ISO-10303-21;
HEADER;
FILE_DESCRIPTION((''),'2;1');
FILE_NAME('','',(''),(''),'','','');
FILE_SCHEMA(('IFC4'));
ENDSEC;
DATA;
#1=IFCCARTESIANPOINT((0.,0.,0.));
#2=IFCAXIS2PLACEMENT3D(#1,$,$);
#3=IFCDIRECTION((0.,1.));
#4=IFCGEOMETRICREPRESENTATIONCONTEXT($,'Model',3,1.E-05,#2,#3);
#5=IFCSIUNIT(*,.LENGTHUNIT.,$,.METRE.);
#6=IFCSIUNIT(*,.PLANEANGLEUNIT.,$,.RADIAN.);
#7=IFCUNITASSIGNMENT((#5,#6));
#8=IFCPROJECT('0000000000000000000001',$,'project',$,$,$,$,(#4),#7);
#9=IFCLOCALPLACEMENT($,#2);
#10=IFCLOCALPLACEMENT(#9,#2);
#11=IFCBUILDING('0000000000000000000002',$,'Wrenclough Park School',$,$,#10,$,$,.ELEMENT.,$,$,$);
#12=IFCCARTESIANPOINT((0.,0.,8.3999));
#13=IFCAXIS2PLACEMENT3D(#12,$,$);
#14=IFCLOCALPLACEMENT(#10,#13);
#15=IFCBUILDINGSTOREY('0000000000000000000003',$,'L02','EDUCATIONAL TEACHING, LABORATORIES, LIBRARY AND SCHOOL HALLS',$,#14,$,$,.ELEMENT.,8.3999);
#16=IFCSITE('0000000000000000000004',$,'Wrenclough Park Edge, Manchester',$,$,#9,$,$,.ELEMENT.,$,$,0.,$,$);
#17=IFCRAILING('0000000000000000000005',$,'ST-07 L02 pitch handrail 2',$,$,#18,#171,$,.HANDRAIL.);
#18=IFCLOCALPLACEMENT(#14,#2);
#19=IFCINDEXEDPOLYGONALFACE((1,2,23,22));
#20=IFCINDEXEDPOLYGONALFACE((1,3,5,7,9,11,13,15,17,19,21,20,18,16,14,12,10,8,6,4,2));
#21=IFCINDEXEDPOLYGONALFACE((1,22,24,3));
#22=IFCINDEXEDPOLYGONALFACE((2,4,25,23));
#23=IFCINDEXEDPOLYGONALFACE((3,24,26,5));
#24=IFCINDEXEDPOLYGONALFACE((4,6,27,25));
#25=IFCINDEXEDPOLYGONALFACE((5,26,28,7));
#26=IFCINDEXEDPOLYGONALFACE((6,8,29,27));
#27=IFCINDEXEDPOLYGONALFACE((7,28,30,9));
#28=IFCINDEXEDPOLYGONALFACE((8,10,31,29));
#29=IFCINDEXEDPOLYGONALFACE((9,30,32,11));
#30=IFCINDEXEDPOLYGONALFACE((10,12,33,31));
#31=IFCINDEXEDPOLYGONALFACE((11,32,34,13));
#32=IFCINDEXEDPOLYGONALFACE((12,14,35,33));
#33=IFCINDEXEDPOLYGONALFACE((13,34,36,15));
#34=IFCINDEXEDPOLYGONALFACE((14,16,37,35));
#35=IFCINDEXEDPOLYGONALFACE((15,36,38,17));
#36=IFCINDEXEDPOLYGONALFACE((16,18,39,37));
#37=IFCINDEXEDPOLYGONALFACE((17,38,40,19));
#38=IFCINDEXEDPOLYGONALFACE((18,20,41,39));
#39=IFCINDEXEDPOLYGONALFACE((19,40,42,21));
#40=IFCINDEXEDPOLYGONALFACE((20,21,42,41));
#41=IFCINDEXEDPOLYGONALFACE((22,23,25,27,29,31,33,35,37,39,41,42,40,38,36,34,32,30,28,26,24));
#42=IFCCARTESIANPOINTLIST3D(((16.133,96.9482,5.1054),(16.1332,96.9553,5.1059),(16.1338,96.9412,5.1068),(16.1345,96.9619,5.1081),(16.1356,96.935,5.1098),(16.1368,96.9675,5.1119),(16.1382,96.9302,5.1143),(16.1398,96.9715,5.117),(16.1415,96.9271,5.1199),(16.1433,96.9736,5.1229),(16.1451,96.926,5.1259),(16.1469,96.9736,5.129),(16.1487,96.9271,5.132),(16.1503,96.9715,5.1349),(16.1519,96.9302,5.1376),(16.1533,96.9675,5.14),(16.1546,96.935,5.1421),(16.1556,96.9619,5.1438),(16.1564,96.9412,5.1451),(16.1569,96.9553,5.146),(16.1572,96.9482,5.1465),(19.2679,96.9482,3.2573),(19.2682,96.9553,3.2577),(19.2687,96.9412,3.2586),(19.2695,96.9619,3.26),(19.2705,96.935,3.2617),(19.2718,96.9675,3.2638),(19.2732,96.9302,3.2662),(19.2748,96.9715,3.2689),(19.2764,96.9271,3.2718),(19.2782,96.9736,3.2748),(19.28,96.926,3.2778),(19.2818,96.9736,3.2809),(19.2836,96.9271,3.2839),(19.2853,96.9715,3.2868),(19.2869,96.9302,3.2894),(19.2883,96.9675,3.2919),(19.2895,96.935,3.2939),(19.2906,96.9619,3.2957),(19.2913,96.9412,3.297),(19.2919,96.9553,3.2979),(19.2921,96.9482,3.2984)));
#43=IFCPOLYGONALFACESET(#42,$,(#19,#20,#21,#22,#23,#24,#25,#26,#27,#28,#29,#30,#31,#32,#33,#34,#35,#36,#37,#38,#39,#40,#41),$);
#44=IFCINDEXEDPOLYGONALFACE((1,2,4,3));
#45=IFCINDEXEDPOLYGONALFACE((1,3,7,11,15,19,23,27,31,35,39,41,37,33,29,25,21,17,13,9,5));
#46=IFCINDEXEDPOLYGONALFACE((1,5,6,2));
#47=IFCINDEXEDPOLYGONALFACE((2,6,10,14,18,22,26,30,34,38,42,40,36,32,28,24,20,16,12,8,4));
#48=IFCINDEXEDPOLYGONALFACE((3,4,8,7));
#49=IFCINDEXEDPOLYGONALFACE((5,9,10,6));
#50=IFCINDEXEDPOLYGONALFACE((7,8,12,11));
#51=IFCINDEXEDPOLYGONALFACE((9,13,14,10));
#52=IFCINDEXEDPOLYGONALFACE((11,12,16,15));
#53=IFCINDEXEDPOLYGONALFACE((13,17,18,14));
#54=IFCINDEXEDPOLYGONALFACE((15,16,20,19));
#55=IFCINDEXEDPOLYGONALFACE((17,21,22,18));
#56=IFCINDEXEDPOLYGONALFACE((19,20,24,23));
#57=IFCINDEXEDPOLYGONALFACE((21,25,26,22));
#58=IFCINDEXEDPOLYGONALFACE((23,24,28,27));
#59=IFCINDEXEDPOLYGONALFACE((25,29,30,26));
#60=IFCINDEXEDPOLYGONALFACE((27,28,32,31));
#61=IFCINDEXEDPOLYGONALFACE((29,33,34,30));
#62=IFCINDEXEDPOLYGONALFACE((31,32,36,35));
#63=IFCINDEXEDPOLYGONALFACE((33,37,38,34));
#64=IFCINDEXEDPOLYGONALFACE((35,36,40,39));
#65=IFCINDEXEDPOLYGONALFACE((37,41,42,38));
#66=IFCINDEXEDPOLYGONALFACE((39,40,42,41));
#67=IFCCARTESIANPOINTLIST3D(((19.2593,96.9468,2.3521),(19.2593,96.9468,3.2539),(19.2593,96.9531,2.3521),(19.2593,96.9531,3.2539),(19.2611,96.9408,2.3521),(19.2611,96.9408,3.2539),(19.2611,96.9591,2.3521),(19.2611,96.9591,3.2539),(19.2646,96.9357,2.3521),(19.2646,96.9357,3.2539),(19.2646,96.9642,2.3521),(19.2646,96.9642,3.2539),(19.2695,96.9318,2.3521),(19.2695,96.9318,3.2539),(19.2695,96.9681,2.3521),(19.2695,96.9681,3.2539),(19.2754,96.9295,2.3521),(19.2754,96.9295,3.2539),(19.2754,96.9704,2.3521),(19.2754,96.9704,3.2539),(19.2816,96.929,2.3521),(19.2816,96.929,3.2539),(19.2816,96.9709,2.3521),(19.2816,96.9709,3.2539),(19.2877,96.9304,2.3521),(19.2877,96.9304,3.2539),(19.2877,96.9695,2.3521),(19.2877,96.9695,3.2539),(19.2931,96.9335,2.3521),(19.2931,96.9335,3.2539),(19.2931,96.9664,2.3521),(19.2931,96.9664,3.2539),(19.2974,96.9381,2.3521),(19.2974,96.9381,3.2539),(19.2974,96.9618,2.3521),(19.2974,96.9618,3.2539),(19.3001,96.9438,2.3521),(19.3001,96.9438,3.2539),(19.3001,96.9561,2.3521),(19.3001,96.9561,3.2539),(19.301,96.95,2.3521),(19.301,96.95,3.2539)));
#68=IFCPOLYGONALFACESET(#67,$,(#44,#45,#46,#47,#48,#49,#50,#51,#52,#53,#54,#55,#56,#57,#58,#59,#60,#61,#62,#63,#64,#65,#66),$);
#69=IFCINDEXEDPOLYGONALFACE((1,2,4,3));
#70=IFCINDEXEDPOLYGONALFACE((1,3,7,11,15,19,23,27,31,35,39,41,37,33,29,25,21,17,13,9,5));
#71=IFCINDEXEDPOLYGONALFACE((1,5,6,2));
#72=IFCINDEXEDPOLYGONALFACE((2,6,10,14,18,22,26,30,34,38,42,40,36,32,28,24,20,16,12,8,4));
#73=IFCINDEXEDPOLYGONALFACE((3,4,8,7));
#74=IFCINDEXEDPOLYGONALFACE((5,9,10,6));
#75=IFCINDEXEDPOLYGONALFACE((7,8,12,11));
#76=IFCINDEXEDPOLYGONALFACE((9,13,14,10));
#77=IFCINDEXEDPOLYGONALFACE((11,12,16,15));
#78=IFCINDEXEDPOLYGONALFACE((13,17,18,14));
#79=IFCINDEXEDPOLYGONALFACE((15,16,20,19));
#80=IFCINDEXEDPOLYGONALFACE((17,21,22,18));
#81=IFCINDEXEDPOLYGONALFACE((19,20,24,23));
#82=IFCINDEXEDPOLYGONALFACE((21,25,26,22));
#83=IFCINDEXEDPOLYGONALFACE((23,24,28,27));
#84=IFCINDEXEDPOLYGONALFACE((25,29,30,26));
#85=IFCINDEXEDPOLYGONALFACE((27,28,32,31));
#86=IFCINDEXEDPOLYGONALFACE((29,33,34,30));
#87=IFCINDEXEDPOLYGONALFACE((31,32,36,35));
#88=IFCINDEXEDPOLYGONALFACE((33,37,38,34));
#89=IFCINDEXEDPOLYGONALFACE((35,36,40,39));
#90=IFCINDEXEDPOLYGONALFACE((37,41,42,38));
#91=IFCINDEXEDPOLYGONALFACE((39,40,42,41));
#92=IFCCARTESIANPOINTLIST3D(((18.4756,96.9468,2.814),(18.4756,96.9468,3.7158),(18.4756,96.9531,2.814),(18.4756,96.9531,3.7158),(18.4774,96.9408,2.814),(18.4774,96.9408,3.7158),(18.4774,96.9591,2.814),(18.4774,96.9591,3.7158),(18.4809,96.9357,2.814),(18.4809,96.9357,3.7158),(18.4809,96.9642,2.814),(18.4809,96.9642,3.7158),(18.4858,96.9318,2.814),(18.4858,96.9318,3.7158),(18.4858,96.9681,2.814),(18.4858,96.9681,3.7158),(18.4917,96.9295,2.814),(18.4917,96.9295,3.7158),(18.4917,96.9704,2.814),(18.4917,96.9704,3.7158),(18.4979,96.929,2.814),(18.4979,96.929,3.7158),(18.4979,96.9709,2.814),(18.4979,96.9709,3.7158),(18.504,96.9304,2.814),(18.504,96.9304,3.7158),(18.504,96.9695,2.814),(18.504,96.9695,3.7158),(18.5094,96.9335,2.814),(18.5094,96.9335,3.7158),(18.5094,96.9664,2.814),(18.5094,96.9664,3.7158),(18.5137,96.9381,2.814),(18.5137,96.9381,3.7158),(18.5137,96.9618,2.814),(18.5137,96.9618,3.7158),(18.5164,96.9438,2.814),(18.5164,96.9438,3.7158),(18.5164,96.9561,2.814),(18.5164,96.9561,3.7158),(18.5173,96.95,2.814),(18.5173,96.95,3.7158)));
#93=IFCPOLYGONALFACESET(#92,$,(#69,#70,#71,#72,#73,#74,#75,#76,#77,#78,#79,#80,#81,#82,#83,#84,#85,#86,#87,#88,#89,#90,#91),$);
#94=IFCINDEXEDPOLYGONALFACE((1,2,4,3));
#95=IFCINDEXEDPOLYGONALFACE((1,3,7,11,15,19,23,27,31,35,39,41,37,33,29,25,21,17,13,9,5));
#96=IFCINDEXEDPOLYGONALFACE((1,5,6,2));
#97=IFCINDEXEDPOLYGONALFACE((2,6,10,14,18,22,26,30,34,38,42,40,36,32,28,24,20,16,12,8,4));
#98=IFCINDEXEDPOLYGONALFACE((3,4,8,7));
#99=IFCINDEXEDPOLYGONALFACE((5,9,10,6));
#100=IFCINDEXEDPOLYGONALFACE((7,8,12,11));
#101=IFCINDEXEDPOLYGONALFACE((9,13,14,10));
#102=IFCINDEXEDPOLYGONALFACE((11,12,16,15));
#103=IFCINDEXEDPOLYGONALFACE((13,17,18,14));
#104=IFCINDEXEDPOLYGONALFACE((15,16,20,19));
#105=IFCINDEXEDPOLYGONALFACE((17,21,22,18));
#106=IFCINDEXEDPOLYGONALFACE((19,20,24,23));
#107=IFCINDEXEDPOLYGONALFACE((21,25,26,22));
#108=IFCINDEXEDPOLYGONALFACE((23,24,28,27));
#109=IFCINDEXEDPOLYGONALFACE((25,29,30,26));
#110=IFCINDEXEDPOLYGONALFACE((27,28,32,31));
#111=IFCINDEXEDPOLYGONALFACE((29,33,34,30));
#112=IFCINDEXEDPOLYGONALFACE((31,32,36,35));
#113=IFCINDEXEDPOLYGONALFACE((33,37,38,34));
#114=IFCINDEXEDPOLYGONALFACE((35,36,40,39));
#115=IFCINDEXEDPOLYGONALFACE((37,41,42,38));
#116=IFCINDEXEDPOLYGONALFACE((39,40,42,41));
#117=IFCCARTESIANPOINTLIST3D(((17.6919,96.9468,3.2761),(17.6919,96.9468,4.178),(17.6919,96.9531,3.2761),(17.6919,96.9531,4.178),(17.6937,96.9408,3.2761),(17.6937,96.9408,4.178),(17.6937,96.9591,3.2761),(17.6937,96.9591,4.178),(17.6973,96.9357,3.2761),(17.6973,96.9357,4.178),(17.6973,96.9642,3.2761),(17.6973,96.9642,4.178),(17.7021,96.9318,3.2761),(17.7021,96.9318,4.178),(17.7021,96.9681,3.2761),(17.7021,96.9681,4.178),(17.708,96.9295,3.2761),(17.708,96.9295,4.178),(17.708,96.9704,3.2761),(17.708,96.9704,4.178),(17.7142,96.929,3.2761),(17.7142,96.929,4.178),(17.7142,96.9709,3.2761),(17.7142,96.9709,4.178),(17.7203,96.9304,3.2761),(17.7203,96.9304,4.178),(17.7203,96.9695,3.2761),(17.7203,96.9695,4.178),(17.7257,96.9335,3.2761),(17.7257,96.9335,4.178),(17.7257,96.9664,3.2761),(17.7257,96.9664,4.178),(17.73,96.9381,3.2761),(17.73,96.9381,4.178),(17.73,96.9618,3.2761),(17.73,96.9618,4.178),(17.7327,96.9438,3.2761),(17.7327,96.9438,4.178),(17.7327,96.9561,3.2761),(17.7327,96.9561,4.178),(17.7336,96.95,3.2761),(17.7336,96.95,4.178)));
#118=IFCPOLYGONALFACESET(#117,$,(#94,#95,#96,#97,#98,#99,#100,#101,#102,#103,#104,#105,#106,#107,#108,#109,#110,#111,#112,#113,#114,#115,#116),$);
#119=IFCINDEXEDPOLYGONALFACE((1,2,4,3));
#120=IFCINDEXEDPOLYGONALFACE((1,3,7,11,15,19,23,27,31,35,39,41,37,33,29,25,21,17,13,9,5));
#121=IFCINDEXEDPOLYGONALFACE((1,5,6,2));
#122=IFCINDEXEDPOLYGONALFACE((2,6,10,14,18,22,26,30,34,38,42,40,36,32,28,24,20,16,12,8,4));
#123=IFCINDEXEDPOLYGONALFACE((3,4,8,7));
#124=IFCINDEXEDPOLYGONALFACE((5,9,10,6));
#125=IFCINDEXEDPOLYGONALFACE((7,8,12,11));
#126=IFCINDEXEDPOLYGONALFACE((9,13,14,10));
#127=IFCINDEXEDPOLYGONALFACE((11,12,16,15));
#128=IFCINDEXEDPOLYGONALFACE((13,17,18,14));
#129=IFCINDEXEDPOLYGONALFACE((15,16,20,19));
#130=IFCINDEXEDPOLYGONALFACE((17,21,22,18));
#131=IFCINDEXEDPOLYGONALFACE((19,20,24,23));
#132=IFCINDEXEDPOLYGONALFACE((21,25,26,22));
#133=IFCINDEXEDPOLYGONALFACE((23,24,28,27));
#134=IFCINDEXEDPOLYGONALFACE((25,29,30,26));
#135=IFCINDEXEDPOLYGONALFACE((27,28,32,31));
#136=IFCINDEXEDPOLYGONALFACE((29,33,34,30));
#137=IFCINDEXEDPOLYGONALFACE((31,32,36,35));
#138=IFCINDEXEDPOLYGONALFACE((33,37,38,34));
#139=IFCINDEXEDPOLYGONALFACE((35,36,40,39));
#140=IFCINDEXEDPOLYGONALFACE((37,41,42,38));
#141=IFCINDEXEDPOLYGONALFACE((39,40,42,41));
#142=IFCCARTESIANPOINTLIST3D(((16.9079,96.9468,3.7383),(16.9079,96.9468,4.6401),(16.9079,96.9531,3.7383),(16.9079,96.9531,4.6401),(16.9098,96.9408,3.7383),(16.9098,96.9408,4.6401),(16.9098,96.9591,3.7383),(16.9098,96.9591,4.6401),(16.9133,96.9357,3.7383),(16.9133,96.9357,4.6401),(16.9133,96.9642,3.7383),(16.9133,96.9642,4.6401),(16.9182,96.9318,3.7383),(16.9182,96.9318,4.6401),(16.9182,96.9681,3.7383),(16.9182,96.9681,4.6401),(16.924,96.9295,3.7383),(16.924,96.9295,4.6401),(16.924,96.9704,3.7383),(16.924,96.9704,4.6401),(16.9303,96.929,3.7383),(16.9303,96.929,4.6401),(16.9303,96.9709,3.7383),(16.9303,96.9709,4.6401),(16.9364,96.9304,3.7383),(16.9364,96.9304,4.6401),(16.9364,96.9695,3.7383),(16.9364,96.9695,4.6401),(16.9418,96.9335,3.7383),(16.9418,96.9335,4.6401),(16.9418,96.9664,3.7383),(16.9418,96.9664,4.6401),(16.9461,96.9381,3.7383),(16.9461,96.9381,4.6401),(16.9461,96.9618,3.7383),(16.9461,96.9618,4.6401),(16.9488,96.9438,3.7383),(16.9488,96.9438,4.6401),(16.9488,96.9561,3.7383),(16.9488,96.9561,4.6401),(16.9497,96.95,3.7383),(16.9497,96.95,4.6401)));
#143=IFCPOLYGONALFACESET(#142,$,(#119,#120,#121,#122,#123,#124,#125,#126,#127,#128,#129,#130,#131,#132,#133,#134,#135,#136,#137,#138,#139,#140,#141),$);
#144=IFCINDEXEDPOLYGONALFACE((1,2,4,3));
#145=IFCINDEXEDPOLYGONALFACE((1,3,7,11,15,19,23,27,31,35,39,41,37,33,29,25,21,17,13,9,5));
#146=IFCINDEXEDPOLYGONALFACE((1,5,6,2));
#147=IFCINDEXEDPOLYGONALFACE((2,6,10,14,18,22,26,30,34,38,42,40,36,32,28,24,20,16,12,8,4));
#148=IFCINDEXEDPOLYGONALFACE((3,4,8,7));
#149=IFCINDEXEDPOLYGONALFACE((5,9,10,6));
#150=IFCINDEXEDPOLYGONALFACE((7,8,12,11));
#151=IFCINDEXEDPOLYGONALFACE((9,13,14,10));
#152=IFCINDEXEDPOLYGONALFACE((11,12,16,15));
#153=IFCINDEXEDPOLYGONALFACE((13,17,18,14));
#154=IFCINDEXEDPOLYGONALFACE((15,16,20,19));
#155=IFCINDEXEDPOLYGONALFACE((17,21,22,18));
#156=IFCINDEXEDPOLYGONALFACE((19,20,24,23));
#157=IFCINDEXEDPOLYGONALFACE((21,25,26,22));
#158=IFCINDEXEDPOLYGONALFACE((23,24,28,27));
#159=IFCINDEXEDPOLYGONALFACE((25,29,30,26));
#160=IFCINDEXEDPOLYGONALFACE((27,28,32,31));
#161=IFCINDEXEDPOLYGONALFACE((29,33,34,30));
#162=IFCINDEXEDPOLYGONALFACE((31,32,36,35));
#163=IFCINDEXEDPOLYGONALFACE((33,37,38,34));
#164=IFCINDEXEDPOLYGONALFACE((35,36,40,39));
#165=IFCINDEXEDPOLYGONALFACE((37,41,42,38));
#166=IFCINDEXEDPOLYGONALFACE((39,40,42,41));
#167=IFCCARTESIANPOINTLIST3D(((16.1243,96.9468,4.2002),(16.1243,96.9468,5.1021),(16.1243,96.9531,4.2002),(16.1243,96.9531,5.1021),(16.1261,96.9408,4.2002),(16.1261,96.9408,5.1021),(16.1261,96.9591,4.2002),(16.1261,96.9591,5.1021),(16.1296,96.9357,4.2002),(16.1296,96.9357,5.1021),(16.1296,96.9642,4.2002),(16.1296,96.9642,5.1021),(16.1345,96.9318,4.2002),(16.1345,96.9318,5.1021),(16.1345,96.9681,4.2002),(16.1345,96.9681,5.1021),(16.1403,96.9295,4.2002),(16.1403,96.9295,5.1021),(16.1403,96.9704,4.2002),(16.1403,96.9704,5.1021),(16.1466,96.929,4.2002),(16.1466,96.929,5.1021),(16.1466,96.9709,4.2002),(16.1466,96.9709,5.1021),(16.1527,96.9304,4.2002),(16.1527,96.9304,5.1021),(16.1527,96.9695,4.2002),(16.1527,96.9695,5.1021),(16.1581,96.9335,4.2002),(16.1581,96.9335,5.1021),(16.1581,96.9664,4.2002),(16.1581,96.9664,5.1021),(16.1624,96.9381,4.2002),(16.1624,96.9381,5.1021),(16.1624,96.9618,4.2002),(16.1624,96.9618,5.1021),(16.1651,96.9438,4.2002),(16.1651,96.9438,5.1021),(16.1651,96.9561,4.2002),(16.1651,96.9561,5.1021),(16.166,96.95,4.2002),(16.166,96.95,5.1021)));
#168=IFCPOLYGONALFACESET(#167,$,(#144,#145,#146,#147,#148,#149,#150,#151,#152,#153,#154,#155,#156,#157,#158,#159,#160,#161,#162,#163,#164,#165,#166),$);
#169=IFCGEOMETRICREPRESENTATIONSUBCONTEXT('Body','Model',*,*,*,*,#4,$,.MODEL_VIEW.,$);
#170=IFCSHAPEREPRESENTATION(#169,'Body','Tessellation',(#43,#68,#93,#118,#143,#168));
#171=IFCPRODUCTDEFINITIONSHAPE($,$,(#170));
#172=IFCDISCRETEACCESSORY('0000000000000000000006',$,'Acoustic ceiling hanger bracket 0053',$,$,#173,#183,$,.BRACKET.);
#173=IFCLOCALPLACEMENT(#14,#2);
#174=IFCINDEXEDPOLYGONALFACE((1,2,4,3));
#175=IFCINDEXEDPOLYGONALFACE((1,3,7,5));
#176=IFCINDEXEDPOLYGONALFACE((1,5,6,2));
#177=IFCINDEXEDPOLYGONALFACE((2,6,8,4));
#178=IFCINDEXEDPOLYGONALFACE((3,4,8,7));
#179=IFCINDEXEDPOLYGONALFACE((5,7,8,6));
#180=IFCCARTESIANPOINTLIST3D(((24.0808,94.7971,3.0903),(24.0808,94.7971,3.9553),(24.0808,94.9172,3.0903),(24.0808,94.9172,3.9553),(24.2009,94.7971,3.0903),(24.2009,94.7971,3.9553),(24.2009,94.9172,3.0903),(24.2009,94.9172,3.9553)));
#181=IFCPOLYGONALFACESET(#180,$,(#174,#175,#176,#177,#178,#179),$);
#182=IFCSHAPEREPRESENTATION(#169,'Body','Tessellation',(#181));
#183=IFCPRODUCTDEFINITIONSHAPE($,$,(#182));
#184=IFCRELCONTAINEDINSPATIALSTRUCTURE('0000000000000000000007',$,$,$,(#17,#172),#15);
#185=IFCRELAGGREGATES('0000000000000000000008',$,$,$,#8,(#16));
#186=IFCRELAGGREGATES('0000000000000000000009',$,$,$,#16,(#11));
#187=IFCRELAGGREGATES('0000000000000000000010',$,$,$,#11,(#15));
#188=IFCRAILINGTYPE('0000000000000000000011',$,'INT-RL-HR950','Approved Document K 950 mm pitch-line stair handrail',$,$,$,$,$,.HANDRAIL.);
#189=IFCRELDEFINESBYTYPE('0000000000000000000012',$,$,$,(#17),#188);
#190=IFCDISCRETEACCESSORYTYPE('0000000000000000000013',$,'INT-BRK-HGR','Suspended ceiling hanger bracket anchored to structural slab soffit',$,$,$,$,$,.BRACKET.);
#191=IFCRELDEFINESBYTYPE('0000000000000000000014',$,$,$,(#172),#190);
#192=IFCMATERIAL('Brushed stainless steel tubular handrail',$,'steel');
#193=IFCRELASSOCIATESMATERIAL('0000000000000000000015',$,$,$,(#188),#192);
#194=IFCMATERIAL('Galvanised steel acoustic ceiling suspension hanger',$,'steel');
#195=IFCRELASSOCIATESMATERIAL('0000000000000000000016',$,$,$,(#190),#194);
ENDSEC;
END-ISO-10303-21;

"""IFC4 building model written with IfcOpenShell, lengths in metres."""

from ifc_helpers import new_model, si_unit, direction, frame, origin, origin_2d, place, context, subcontext, project, spatial, rectangle, circle, extrude, material, type_object, element, save


model = new_model("IFC4")

# Units and contexts
model_context = context("Model", 3, precision=1e-05, world=origin(), true_north=direction((0.0, 1.0)))
body_context = subcontext(model_context, "Body", "Model", "MODEL_VIEW")
ifc_project = project(units=[si_unit("LENGTHUNIT", "METRE"), si_unit("PLANEANGLEUNIT", "RADIAN")], contexts=[model_context])

# Site, building, storey
site_placement = place(None, origin())
site = spatial("IfcSite", under=ifc_project, at=site_placement, Name="Wrenclough Park Edge, Manchester", CompositionType="ELEMENT", RefElevation=0.0)
building_placement = place(site_placement, origin())
building = spatial("IfcBuilding", under=site, at=building_placement, Name="Wrenclough Park School", CompositionType="ELEMENT")
storey_placement = place(building_placement, frame((0.0, 0.0, 8.3999)))
storey = spatial("IfcBuildingStorey", under=building, at=storey_placement, Name="L02", Description="EDUCATIONAL TEACHING, LABORATORIES, LIBRARY AND SCHOOL HALLS", CompositionType="ELEMENT", Elevation=8.3999)

# Railing
ifc_material_1 = material(Name="Brushed stainless steel tubular handrail", Category="steel")
railing_type_1 = type_object("IfcRailingType", Name="INT-RL-HR950", Description="Approved Document K 950 mm pitch-line stair handrail", PredefinedType="HANDRAIL", material=ifc_material_1)
railing_1_placement = place(storey_placement, frame((19.28, 96.95, 2.3521)))
element("IfcRailing", 1, at=railing_1_placement, inside=storey, type_object=railing_type_1, Name="ST-07 L02 pitch handrail 2", PredefinedType="HANDRAIL", context=body_context, shape_type="SweptSolid", body=[
    extrude(circle(Radius=0.0239, at=origin_2d()), frame((0.0, 0.0, 0.9258), z_axis=(-0.861451, 0.0, 0.507841), x_axis=(0.0, -1.0, 0.0)), (0.0, 0.0, 1.0), 3.6392),
    extrude(circle(Radius=0.021, at=origin_2d()), origin(), (0.0, 0.0, 1.0), 0.9019),
    extrude(circle(Radius=0.021, at=origin_2d()), frame((-0.7837, 0.0, 0.4619)), (0.0, 0.0, 1.0), 0.9019),
    extrude(circle(Radius=0.021, at=origin_2d()), frame((-1.5674, 0.0, 0.9241)), (0.0, 0.0, 1.0), 0.9019),
    extrude(circle(Radius=0.021, at=origin_2d()), frame((-2.3513, 0.0, 1.3862)), (0.0, 0.0, 1.0), 0.9019),
    extrude(circle(Radius=0.021, at=origin_2d()), frame((-3.135, 0.0, 1.8481)), (0.0, 0.0, 1.0), 0.9019),
])

# Discrete accessory
ifc_material_2 = material(Name="Galvanised steel acoustic ceiling suspension hanger", Category="steel")
discrete_accessory_type = type_object("IfcDiscreteAccessoryType", Name="INT-BRK-HGR", Description="Suspended ceiling hanger bracket anchored to structural slab soffit", PredefinedType="BRACKET", material=ifc_material_2)
discrete_accessory_placement = place(storey_placement, frame((24.1409, 94.8572, 3.0903), z_axis=(0.0, 0.0, 1.0), x_axis=(1.0, 0.0, 0.0)))
element("IfcDiscreteAccessory", 2, at=discrete_accessory_placement, inside=storey, type_object=discrete_accessory_type, Name="Acoustic ceiling hanger bracket 0053", PredefinedType="BRACKET", context=body_context, shape_type="SweptSolid", body=[
    extrude(rectangle(XDim=0.1201, YDim=0.1201, at=origin_2d()), origin(), (0.0, 0.0, 1.0), 0.865),
])

save(model, "model.ifc")
